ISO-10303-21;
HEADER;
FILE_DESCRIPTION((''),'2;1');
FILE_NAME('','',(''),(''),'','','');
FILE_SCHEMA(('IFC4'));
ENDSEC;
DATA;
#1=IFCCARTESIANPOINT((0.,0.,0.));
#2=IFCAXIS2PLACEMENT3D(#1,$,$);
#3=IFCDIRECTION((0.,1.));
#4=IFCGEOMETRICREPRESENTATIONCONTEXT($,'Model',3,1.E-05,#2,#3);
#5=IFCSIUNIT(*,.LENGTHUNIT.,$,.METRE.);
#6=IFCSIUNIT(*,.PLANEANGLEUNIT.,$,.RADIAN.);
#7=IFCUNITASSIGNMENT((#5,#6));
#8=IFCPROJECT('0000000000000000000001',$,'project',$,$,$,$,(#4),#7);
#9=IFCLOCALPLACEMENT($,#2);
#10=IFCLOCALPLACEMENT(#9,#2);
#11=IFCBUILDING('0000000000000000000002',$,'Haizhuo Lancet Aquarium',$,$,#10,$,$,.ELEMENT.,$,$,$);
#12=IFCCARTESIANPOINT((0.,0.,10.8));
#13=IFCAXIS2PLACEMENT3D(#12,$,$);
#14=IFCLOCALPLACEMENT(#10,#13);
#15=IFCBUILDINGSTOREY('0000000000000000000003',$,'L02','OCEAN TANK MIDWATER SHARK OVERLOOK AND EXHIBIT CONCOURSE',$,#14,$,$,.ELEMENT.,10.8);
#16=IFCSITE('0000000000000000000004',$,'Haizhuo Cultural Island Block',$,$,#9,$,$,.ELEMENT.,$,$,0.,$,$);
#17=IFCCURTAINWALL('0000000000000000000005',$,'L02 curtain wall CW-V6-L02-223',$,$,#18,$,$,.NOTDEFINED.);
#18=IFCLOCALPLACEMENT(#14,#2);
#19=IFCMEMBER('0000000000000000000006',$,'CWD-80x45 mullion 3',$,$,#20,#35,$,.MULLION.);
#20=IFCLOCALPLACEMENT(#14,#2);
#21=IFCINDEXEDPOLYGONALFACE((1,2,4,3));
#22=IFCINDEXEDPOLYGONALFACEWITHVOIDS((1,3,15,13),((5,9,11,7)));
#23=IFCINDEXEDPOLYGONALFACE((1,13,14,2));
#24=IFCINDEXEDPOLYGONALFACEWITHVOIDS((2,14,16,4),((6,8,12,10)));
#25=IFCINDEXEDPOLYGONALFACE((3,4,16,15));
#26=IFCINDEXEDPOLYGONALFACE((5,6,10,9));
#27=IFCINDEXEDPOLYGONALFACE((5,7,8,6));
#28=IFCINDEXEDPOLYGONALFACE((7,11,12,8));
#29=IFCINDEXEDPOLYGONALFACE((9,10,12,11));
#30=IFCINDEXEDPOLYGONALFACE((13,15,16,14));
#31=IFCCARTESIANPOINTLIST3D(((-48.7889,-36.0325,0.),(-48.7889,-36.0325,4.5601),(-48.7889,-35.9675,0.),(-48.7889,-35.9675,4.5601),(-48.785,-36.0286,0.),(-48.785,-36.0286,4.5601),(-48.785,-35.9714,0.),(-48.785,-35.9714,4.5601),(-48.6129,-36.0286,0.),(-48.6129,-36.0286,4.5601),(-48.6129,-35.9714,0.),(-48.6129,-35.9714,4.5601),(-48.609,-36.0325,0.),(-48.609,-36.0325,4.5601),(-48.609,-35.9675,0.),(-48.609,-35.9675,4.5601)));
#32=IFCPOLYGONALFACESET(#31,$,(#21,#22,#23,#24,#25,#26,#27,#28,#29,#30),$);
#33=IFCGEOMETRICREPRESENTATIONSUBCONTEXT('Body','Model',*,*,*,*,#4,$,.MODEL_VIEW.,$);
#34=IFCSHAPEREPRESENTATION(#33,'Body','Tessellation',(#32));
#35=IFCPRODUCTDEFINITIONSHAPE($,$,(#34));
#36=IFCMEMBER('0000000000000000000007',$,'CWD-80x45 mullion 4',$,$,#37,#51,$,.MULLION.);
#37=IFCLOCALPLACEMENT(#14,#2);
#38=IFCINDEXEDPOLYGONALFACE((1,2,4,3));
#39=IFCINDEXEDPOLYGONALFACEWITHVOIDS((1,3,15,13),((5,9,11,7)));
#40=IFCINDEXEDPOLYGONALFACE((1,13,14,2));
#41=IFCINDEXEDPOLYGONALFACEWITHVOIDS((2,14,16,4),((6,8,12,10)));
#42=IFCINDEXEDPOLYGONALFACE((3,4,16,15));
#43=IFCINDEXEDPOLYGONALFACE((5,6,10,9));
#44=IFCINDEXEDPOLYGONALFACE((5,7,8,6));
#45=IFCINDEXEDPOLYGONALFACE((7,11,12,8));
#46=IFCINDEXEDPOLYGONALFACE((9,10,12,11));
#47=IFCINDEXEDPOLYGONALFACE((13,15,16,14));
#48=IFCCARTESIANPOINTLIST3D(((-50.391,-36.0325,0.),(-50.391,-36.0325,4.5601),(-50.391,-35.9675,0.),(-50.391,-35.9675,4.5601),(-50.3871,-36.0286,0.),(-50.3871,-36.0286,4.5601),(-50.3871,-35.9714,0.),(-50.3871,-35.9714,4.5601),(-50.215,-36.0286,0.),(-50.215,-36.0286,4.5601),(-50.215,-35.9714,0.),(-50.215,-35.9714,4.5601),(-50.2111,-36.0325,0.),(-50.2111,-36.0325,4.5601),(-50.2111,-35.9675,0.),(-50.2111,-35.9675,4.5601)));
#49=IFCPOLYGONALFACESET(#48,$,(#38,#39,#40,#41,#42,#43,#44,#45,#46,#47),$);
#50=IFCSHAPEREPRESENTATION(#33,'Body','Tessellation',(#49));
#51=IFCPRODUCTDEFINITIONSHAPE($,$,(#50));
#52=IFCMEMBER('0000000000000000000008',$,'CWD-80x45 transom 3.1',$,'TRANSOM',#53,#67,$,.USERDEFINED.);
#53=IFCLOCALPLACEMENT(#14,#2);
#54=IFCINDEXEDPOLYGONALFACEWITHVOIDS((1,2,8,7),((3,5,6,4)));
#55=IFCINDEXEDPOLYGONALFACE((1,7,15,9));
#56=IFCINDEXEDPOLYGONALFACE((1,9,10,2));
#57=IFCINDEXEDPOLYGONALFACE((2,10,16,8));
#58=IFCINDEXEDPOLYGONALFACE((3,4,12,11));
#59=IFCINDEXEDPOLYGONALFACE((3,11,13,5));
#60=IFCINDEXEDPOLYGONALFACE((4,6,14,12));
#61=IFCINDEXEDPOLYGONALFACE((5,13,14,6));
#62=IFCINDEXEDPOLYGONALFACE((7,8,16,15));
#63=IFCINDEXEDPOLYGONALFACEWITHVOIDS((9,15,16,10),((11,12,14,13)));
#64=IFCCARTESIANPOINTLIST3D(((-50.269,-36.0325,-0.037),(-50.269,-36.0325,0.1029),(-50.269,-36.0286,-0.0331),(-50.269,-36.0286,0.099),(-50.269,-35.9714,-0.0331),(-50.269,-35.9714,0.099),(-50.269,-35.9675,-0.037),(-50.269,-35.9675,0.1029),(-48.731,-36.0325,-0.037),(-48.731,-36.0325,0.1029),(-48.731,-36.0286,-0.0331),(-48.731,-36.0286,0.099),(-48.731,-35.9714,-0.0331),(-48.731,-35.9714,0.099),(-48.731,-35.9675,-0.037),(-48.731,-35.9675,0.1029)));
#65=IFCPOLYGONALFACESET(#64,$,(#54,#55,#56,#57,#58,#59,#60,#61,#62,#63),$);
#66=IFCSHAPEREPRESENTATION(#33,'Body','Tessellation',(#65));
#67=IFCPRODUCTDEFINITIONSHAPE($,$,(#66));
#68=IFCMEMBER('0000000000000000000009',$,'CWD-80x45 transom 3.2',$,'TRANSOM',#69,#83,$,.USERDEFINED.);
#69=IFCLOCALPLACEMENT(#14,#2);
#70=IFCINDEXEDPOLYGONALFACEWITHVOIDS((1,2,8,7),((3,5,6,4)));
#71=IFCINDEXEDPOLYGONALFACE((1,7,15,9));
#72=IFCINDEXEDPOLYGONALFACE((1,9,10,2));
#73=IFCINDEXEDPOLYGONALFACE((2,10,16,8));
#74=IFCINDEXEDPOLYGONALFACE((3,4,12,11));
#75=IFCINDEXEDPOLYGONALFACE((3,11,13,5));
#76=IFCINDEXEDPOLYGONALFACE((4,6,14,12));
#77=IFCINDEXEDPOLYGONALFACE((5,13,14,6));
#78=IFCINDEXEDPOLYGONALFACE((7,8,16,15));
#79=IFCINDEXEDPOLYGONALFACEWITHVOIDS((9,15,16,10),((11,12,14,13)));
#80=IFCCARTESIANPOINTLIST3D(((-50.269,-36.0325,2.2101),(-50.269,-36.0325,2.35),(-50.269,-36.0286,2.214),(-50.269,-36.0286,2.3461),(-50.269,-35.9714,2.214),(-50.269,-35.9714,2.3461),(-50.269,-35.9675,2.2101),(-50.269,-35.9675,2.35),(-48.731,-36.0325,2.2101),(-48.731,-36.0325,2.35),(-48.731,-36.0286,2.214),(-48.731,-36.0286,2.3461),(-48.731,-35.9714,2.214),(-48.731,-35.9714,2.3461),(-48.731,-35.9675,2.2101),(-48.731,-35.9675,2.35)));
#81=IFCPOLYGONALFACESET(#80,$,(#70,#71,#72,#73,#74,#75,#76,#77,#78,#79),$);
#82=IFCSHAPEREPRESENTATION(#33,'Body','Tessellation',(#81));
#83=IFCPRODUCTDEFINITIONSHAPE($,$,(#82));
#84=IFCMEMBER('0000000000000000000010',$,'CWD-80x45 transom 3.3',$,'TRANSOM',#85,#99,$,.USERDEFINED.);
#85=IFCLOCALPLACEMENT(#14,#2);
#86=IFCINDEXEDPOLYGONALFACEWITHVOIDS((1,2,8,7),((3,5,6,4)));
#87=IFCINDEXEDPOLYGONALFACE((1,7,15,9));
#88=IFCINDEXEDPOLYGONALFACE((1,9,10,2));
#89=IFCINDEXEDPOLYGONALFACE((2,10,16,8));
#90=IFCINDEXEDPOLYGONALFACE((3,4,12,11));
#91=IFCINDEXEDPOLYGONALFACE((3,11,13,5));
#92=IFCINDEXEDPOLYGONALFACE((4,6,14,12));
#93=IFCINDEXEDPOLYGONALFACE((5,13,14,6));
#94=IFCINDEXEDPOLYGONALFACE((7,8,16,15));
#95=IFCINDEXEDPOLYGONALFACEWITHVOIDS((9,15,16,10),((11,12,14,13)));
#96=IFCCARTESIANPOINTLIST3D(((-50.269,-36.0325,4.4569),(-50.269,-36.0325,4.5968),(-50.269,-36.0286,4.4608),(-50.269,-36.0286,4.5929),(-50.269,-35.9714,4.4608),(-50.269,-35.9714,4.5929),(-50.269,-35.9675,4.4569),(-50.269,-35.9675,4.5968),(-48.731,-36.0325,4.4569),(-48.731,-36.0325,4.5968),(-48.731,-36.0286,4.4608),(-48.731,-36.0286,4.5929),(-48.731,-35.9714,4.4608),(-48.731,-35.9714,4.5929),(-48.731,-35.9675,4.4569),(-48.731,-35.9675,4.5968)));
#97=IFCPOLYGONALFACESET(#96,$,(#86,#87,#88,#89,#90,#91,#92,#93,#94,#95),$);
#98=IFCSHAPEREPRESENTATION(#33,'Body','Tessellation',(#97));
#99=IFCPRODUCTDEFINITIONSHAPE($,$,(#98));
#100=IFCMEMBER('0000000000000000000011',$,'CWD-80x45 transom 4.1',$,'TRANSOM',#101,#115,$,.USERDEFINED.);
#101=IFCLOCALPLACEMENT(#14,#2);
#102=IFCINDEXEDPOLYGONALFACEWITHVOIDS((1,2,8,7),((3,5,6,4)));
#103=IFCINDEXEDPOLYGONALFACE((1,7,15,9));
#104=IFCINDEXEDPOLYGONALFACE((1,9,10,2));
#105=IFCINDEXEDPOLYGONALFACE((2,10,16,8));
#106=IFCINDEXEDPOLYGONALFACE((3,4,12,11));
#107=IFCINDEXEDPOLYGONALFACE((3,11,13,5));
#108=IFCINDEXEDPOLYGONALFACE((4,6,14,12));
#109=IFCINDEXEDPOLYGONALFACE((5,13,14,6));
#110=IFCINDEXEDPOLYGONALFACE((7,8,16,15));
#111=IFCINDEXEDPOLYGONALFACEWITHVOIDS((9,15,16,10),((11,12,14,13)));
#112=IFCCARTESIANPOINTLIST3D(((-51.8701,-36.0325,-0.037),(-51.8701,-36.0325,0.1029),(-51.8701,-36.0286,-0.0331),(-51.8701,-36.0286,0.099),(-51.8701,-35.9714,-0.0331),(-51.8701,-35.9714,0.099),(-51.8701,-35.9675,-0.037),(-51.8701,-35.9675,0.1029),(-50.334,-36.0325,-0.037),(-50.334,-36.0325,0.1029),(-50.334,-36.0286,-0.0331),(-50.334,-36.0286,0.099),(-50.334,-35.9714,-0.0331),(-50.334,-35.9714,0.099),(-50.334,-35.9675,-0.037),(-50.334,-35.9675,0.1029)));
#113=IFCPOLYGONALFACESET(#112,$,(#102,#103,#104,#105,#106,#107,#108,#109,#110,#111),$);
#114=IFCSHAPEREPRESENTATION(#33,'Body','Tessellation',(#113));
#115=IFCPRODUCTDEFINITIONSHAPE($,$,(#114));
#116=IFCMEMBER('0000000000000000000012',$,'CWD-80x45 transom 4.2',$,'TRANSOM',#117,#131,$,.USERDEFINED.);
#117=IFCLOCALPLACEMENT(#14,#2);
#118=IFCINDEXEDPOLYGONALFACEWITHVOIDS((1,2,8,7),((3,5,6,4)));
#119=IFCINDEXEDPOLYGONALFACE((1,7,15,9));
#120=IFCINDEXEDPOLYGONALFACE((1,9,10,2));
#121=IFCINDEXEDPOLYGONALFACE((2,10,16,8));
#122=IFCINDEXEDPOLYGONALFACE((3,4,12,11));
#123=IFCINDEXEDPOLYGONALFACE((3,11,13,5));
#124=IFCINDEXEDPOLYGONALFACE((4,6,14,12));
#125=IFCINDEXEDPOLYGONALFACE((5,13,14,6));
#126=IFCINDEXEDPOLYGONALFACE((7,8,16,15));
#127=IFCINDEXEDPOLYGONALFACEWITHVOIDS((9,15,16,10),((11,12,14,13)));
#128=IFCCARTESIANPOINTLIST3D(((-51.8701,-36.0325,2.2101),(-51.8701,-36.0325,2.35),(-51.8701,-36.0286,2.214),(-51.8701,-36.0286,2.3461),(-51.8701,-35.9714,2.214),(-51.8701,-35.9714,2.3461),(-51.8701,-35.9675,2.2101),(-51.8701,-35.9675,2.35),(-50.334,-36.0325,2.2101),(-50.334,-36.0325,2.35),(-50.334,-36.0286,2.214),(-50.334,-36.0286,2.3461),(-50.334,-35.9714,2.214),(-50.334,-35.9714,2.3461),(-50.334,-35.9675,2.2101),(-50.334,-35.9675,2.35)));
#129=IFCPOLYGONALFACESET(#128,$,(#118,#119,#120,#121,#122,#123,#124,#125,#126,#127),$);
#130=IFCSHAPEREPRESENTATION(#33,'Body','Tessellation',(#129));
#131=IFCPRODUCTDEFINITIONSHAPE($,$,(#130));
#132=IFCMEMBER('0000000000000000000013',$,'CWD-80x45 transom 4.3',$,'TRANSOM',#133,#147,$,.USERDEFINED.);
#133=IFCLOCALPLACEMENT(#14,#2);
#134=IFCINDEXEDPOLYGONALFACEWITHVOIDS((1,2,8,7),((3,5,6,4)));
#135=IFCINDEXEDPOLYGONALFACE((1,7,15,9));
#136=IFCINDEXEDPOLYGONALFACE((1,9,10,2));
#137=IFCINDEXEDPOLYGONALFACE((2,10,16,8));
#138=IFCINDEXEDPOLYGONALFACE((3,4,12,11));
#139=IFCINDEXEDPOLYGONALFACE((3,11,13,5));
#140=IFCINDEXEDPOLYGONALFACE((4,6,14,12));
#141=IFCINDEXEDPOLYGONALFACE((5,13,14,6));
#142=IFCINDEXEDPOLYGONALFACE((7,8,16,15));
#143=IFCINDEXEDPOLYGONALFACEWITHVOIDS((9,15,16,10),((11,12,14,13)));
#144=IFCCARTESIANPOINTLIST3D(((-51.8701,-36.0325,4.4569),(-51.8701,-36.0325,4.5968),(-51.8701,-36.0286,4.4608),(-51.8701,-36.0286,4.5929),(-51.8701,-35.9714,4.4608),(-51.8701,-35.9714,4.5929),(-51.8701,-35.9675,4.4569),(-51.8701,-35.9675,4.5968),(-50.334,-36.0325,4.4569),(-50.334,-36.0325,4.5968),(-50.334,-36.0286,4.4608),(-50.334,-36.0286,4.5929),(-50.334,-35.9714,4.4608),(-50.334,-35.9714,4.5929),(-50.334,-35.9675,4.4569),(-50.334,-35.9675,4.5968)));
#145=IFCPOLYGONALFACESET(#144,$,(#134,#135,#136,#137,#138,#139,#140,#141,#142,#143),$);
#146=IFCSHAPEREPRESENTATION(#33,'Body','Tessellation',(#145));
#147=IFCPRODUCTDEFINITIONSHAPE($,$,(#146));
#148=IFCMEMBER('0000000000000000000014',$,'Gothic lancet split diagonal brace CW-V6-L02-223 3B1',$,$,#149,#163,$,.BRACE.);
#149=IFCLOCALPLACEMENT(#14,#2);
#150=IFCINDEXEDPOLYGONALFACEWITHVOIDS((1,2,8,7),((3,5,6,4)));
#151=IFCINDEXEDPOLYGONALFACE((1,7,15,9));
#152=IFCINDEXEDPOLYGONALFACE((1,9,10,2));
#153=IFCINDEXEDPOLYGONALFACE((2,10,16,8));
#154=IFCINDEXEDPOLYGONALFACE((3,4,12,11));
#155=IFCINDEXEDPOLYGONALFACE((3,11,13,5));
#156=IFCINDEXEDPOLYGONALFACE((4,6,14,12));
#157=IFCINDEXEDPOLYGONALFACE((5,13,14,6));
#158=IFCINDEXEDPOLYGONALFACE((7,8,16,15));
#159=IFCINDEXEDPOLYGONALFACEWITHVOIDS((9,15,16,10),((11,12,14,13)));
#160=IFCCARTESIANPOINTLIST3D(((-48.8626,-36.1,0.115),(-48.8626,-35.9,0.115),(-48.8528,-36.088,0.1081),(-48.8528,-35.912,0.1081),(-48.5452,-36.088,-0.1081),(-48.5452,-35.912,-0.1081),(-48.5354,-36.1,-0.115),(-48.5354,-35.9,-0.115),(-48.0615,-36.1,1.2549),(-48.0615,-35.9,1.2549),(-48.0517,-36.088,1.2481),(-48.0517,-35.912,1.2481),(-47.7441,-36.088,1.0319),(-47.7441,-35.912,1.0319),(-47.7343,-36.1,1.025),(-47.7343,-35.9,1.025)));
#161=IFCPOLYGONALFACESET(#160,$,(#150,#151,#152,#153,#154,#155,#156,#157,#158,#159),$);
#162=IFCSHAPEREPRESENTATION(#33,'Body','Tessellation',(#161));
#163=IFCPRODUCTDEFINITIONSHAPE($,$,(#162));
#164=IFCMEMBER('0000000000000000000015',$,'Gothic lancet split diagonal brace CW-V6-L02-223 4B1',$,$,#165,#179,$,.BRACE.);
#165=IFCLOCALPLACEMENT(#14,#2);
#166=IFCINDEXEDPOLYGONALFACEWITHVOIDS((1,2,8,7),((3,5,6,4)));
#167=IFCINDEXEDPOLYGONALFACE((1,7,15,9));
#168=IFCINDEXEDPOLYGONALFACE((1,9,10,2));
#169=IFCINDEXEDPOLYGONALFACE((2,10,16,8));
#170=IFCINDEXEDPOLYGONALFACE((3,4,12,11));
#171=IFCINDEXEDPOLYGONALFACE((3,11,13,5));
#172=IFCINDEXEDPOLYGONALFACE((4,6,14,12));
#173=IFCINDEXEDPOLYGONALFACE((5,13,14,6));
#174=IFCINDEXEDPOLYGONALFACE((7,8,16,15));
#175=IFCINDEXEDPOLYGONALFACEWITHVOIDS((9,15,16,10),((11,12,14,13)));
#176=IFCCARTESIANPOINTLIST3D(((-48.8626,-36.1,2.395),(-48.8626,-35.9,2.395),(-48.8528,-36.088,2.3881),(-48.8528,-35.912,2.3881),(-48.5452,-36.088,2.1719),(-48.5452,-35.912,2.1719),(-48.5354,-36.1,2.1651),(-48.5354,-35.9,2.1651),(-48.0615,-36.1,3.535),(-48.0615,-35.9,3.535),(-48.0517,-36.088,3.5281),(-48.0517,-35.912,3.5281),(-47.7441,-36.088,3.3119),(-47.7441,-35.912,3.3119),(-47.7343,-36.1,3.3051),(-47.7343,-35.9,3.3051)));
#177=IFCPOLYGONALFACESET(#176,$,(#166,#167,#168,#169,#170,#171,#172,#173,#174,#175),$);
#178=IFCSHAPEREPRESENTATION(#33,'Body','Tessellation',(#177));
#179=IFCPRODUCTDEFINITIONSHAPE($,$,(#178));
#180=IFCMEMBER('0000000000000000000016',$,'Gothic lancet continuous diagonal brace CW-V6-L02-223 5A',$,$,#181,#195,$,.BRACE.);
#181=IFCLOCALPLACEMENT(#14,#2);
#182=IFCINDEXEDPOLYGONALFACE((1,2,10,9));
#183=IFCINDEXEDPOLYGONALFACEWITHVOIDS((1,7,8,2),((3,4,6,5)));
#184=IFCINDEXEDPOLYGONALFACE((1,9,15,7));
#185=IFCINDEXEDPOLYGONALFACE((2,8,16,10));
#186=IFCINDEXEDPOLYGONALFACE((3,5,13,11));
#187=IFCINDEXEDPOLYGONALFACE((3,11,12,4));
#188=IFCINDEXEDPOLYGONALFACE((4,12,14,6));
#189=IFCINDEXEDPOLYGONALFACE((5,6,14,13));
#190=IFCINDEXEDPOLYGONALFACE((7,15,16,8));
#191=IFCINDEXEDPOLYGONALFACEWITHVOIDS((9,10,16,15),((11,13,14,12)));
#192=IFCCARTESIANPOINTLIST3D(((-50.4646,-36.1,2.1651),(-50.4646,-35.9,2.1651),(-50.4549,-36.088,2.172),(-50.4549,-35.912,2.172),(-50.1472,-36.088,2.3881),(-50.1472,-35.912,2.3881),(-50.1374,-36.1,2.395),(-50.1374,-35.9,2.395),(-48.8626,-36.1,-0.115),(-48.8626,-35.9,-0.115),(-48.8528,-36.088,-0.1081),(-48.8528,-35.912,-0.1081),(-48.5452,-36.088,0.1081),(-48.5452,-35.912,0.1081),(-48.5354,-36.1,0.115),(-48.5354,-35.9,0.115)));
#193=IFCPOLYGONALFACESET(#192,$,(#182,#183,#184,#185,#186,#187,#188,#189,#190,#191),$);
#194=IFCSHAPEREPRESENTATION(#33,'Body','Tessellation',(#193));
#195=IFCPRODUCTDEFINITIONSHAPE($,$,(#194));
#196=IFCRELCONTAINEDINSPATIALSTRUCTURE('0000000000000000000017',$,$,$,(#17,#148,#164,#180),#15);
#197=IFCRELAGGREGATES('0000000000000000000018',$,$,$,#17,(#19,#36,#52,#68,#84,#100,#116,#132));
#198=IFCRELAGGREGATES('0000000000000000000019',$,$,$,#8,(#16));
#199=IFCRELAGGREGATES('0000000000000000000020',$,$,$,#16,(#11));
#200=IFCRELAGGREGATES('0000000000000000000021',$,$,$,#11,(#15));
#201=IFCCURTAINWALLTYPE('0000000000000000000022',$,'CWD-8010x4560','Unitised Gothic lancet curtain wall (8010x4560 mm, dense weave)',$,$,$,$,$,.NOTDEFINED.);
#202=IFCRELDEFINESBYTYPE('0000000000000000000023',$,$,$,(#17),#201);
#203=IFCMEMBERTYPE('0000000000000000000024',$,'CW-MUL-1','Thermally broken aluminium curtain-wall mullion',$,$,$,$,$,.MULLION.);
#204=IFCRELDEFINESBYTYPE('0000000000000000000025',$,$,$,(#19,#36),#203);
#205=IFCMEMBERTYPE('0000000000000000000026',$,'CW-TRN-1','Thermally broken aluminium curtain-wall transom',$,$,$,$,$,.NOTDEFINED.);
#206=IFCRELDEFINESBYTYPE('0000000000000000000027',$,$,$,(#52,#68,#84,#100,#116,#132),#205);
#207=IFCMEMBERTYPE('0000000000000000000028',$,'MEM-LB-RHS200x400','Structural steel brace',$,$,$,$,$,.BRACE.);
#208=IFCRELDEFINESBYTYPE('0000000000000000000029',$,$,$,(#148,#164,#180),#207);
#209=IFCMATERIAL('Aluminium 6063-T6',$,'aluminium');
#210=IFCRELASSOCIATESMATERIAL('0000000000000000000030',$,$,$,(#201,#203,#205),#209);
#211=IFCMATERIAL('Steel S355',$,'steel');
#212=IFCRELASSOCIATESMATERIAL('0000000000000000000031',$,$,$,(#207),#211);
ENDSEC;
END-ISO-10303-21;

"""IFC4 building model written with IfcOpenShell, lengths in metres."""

from ifc_helpers import new_model, si_unit, direction, frame, origin, origin_2d, place, context, subcontext, project, spatial, hollow_rectangle, extrude, material, material_profile, profile_set, type_object, element, aggregate, save


model = new_model("IFC4")

# Units and contexts
model_context = context("Model", 3, precision=1e-05, world=origin(), true_north=direction((0.0, 1.0)))
body_context = subcontext(model_context, "Body", "Model", "MODEL_VIEW")
ifc_project = project(units=[si_unit("LENGTHUNIT", "METRE"), si_unit("PLANEANGLEUNIT", "RADIAN")], contexts=[model_context])

# Site, building, storey
site_placement = place(None, origin())
site = spatial("IfcSite", under=ifc_project, at=site_placement, Name="Haizhuo Cultural Island Block", CompositionType="ELEMENT", RefElevation=0.0)
building_placement = place(site_placement, origin())
building = spatial("IfcBuilding", under=site, at=building_placement, Name="Haizhuo Lancet Aquarium", CompositionType="ELEMENT")
storey_placement = place(building_placement, frame((0.0, 0.0, 10.8)))
storey = spatial("IfcBuildingStorey", under=building, at=storey_placement, Name="L02", Description="OCEAN TANK MIDWATER SHARK OVERLOOK AND EXHIBIT CONCOURSE", CompositionType="ELEMENT", Elevation=10.8)

# Curtain wall, members
ifc_material_1 = material(Name="Aluminium 6063-T6", Category="aluminium")
curtain_wall_type = type_object("IfcCurtainWallType", Name="CWD-8010x4560", Description="Unitised Gothic lancet curtain wall (8010x4560 mm, dense weave)", PredefinedType="NOTDEFINED", material=ifc_material_1)
curtain_wall_placement = place(storey_placement, origin())
curtain_wall = element("IfcCurtainWall", 1, at=curtain_wall_placement, inside=storey, type_object=curtain_wall_type, Name="L02 curtain wall CW-V6-L02-223", PredefinedType="NOTDEFINED")
ifc_material_profile_1 = material_profile(ifc_material_1, hollow_rectangle(XDim=0.0649, YDim=0.1799, WallThickness=0.0039, at=origin_2d()), Name="ALU-M 65x180x4")
ifc_profile_set_1 = profile_set([ifc_material_profile_1], Name="Aluminium 6063-T6")
member_type_1 = type_object("IfcMemberType", Name="CW-MUL-1", Description="Thermally broken aluminium curtain-wall mullion", PredefinedType="MULLION", material=ifc_profile_set_1)
member_1_placement = place(storey_placement, frame((-48.699, -36.0, 0.0), z_axis=(0.0, 0.0, 1.0), x_axis=(0.0, -1.0, 0.0)))
member_1 = element("IfcMember", 2, at=member_1_placement, type_object=member_type_1, Name="CWD-80x45 mullion 3", PredefinedType="MULLION", context=body_context, shape_type="SweptSolid", body=[
    extrude(hollow_rectangle(XDim=0.0649, YDim=0.1799, WallThickness=0.0039, at=origin_2d()), origin(), (0.0, 0.0, 1.0), 4.5601),
])
member_2_placement = place(storey_placement, frame((-50.301, -36.0, 0.0), z_axis=(0.0, 0.0, 1.0), x_axis=(0.0, -1.0, 0.0)))
member_2 = element("IfcMember", 3, at=member_2_placement, type_object=member_type_1, Name="CWD-80x45 mullion 4", PredefinedType="MULLION", context=body_context, shape_type="SweptSolid", body=[
    extrude(hollow_rectangle(XDim=0.0649, YDim=0.1799, WallThickness=0.0039, at=origin_2d()), origin(), (0.0, 0.0, 1.0), 4.5601),
])
ifc_material_profile_2 = material_profile(ifc_material_1, hollow_rectangle(XDim=0.0649, YDim=0.1399, WallThickness=0.0039, at=origin_2d()), Name="ALU-T 65x140x4")
ifc_profile_set_2 = profile_set([ifc_material_profile_2], Name="Aluminium 6063-T6")
member_type_2 = type_object("IfcMemberType", Name="CW-TRN-1", Description="Thermally broken aluminium curtain-wall transom", PredefinedType="NOTDEFINED", material=ifc_profile_set_2)
member_3_placement = place(storey_placement, frame((-48.731, -36.0, 0.033), z_axis=(-1.0, 0.0, 0.0), x_axis=(0.0, -1.0, 0.0)))
member_3 = element("IfcMember", 4, at=member_3_placement, type_object=member_type_2, Name="CWD-80x45 transom 3.1", ObjectType="TRANSOM", PredefinedType="USERDEFINED", context=body_context, shape_type="SweptSolid", body=[
    extrude(hollow_rectangle(XDim=0.0649, YDim=0.1399, WallThickness=0.0039, at=origin_2d()), origin(), (0.0, 0.0, 1.0), 1.5381),
])
member_4_placement = place(storey_placement, frame((-48.731, -36.0, 2.28), z_axis=(-1.0, 0.0, 0.0), x_axis=(0.0, -1.0, 0.0)))
member_4 = element("IfcMember", 5, at=member_4_placement, type_object=member_type_2, Name="CWD-80x45 transom 3.2", ObjectType="TRANSOM", PredefinedType="USERDEFINED", context=body_context, shape_type="SweptSolid", body=[
    extrude(hollow_rectangle(XDim=0.0649, YDim=0.1399, WallThickness=0.0039, at=origin_2d()), origin(), (0.0, 0.0, 1.0), 1.5381),
])
member_5_placement = place(storey_placement, frame((-48.731, -36.0, 4.5269), z_axis=(-1.0, 0.0, 0.0), x_axis=(0.0, -1.0, 0.0)))
member_5 = element("IfcMember", 6, at=member_5_placement, type_object=member_type_2, Name="CWD-80x45 transom 3.3", ObjectType="TRANSOM", PredefinedType="USERDEFINED", context=body_context, shape_type="SweptSolid", body=[
    extrude(hollow_rectangle(XDim=0.0649, YDim=0.1399, WallThickness=0.0039, at=origin_2d()), origin(), (0.0, 0.0, 1.0), 1.5381),
])
member_6_placement = place(storey_placement, frame((-50.334, -36.0, 0.033), z_axis=(-1.0, 0.0, 0.0), x_axis=(0.0, -1.0, 0.0)))
member_6 = element("IfcMember", 7, at=member_6_placement, type_object=member_type_2, Name="CWD-80x45 transom 4.1", ObjectType="TRANSOM", PredefinedType="USERDEFINED", context=body_context, shape_type="SweptSolid", body=[
    extrude(hollow_rectangle(XDim=0.0649, YDim=0.1399, WallThickness=0.0039, at=origin_2d()), origin(), (0.0, 0.0, 1.0), 1.5361),
])
member_7_placement = place(storey_placement, frame((-50.334, -36.0, 2.28), z_axis=(-1.0, 0.0, 0.0), x_axis=(0.0, -1.0, 0.0)))
member_7 = element("IfcMember", 8, at=member_7_placement, type_object=member_type_2, Name="CWD-80x45 transom 4.2", ObjectType="TRANSOM", PredefinedType="USERDEFINED", context=body_context, shape_type="SweptSolid", body=[
    extrude(hollow_rectangle(XDim=0.0649, YDim=0.1399, WallThickness=0.0039, at=origin_2d()), origin(), (0.0, 0.0, 1.0), 1.5361),
])
member_8_placement = place(storey_placement, frame((-50.334, -36.0, 4.5269), z_axis=(-1.0, 0.0, 0.0), x_axis=(0.0, -1.0, 0.0)))
member_8 = element("IfcMember", 9, at=member_8_placement, type_object=member_type_2, Name="CWD-80x45 transom 4.3", ObjectType="TRANSOM", PredefinedType="USERDEFINED", context=body_context, shape_type="SweptSolid", body=[
    extrude(hollow_rectangle(XDim=0.0649, YDim=0.1399, WallThickness=0.0039, at=origin_2d()), origin(), (0.0, 0.0, 1.0), 1.5361),
])

# Members
ifc_material_2 = material(Name="Steel S355", Category="steel")
ifc_material_profile_3 = material_profile(ifc_material_2, hollow_rectangle(XDim=0.2, YDim=0.3999, WallThickness=0.012, at=origin_2d()), Name="RHS 200x400x12")
ifc_profile_set_3 = profile_set([ifc_material_profile_3], Name="Steel S355")
member_type_3 = type_object("IfcMemberType", Name="MEM-LB-RHS200x400", Description="Structural steel brace", PredefinedType="BRACE", material=ifc_profile_set_3)
for number, where, z_axis, x_axis, name in (
    (10, (-48.699, -36.0, 0.0), (0.574955, 0.0, 0.818185), (0.0, 1.0, 0.0), "Gothic lancet split diagonal brace CW-V6-L02-223 3B1"),
    (11, (-48.699, -36.0, 2.28), (0.574955, 0.0, 0.818185), (0.0, 1.0, 0.0), "Gothic lancet split diagonal brace CW-V6-L02-223 4B1"),
):
    element("IfcMember", number, at=place(storey_placement, frame(where, z_axis=z_axis, x_axis=x_axis)), inside=storey, type_object=member_type_3, Name=name, PredefinedType="BRACE", context=body_context, shape_type="SweptSolid", body=[
        extrude(hollow_rectangle(XDim=0.2, YDim=0.3999, WallThickness=0.012, at=origin_2d()), origin(), (0.0, 0.0, 1.0), 1.3933),
    ])
member_9_placement = place(storey_placement, frame((-48.699, -36.0, 0.0), z_axis=(-0.574914, 0.0, 0.818214), x_axis=(0.0, -1.0, 0.0)))
element("IfcMember", 12, at=member_9_placement, inside=storey, type_object=member_type_3, Name="Gothic lancet continuous diagonal brace CW-V6-L02-223 5A", PredefinedType="BRACE", context=body_context, shape_type="SweptSolid", body=[
    extrude(hollow_rectangle(XDim=0.2, YDim=0.3999, WallThickness=0.012, at=origin_2d()), origin(), (0.0, 0.0, 1.0), 2.7866),
])

aggregate(curtain_wall, [member_1, member_2, member_3, member_4, member_5, member_6, member_7, member_8])

save(model, "model.ifc")
